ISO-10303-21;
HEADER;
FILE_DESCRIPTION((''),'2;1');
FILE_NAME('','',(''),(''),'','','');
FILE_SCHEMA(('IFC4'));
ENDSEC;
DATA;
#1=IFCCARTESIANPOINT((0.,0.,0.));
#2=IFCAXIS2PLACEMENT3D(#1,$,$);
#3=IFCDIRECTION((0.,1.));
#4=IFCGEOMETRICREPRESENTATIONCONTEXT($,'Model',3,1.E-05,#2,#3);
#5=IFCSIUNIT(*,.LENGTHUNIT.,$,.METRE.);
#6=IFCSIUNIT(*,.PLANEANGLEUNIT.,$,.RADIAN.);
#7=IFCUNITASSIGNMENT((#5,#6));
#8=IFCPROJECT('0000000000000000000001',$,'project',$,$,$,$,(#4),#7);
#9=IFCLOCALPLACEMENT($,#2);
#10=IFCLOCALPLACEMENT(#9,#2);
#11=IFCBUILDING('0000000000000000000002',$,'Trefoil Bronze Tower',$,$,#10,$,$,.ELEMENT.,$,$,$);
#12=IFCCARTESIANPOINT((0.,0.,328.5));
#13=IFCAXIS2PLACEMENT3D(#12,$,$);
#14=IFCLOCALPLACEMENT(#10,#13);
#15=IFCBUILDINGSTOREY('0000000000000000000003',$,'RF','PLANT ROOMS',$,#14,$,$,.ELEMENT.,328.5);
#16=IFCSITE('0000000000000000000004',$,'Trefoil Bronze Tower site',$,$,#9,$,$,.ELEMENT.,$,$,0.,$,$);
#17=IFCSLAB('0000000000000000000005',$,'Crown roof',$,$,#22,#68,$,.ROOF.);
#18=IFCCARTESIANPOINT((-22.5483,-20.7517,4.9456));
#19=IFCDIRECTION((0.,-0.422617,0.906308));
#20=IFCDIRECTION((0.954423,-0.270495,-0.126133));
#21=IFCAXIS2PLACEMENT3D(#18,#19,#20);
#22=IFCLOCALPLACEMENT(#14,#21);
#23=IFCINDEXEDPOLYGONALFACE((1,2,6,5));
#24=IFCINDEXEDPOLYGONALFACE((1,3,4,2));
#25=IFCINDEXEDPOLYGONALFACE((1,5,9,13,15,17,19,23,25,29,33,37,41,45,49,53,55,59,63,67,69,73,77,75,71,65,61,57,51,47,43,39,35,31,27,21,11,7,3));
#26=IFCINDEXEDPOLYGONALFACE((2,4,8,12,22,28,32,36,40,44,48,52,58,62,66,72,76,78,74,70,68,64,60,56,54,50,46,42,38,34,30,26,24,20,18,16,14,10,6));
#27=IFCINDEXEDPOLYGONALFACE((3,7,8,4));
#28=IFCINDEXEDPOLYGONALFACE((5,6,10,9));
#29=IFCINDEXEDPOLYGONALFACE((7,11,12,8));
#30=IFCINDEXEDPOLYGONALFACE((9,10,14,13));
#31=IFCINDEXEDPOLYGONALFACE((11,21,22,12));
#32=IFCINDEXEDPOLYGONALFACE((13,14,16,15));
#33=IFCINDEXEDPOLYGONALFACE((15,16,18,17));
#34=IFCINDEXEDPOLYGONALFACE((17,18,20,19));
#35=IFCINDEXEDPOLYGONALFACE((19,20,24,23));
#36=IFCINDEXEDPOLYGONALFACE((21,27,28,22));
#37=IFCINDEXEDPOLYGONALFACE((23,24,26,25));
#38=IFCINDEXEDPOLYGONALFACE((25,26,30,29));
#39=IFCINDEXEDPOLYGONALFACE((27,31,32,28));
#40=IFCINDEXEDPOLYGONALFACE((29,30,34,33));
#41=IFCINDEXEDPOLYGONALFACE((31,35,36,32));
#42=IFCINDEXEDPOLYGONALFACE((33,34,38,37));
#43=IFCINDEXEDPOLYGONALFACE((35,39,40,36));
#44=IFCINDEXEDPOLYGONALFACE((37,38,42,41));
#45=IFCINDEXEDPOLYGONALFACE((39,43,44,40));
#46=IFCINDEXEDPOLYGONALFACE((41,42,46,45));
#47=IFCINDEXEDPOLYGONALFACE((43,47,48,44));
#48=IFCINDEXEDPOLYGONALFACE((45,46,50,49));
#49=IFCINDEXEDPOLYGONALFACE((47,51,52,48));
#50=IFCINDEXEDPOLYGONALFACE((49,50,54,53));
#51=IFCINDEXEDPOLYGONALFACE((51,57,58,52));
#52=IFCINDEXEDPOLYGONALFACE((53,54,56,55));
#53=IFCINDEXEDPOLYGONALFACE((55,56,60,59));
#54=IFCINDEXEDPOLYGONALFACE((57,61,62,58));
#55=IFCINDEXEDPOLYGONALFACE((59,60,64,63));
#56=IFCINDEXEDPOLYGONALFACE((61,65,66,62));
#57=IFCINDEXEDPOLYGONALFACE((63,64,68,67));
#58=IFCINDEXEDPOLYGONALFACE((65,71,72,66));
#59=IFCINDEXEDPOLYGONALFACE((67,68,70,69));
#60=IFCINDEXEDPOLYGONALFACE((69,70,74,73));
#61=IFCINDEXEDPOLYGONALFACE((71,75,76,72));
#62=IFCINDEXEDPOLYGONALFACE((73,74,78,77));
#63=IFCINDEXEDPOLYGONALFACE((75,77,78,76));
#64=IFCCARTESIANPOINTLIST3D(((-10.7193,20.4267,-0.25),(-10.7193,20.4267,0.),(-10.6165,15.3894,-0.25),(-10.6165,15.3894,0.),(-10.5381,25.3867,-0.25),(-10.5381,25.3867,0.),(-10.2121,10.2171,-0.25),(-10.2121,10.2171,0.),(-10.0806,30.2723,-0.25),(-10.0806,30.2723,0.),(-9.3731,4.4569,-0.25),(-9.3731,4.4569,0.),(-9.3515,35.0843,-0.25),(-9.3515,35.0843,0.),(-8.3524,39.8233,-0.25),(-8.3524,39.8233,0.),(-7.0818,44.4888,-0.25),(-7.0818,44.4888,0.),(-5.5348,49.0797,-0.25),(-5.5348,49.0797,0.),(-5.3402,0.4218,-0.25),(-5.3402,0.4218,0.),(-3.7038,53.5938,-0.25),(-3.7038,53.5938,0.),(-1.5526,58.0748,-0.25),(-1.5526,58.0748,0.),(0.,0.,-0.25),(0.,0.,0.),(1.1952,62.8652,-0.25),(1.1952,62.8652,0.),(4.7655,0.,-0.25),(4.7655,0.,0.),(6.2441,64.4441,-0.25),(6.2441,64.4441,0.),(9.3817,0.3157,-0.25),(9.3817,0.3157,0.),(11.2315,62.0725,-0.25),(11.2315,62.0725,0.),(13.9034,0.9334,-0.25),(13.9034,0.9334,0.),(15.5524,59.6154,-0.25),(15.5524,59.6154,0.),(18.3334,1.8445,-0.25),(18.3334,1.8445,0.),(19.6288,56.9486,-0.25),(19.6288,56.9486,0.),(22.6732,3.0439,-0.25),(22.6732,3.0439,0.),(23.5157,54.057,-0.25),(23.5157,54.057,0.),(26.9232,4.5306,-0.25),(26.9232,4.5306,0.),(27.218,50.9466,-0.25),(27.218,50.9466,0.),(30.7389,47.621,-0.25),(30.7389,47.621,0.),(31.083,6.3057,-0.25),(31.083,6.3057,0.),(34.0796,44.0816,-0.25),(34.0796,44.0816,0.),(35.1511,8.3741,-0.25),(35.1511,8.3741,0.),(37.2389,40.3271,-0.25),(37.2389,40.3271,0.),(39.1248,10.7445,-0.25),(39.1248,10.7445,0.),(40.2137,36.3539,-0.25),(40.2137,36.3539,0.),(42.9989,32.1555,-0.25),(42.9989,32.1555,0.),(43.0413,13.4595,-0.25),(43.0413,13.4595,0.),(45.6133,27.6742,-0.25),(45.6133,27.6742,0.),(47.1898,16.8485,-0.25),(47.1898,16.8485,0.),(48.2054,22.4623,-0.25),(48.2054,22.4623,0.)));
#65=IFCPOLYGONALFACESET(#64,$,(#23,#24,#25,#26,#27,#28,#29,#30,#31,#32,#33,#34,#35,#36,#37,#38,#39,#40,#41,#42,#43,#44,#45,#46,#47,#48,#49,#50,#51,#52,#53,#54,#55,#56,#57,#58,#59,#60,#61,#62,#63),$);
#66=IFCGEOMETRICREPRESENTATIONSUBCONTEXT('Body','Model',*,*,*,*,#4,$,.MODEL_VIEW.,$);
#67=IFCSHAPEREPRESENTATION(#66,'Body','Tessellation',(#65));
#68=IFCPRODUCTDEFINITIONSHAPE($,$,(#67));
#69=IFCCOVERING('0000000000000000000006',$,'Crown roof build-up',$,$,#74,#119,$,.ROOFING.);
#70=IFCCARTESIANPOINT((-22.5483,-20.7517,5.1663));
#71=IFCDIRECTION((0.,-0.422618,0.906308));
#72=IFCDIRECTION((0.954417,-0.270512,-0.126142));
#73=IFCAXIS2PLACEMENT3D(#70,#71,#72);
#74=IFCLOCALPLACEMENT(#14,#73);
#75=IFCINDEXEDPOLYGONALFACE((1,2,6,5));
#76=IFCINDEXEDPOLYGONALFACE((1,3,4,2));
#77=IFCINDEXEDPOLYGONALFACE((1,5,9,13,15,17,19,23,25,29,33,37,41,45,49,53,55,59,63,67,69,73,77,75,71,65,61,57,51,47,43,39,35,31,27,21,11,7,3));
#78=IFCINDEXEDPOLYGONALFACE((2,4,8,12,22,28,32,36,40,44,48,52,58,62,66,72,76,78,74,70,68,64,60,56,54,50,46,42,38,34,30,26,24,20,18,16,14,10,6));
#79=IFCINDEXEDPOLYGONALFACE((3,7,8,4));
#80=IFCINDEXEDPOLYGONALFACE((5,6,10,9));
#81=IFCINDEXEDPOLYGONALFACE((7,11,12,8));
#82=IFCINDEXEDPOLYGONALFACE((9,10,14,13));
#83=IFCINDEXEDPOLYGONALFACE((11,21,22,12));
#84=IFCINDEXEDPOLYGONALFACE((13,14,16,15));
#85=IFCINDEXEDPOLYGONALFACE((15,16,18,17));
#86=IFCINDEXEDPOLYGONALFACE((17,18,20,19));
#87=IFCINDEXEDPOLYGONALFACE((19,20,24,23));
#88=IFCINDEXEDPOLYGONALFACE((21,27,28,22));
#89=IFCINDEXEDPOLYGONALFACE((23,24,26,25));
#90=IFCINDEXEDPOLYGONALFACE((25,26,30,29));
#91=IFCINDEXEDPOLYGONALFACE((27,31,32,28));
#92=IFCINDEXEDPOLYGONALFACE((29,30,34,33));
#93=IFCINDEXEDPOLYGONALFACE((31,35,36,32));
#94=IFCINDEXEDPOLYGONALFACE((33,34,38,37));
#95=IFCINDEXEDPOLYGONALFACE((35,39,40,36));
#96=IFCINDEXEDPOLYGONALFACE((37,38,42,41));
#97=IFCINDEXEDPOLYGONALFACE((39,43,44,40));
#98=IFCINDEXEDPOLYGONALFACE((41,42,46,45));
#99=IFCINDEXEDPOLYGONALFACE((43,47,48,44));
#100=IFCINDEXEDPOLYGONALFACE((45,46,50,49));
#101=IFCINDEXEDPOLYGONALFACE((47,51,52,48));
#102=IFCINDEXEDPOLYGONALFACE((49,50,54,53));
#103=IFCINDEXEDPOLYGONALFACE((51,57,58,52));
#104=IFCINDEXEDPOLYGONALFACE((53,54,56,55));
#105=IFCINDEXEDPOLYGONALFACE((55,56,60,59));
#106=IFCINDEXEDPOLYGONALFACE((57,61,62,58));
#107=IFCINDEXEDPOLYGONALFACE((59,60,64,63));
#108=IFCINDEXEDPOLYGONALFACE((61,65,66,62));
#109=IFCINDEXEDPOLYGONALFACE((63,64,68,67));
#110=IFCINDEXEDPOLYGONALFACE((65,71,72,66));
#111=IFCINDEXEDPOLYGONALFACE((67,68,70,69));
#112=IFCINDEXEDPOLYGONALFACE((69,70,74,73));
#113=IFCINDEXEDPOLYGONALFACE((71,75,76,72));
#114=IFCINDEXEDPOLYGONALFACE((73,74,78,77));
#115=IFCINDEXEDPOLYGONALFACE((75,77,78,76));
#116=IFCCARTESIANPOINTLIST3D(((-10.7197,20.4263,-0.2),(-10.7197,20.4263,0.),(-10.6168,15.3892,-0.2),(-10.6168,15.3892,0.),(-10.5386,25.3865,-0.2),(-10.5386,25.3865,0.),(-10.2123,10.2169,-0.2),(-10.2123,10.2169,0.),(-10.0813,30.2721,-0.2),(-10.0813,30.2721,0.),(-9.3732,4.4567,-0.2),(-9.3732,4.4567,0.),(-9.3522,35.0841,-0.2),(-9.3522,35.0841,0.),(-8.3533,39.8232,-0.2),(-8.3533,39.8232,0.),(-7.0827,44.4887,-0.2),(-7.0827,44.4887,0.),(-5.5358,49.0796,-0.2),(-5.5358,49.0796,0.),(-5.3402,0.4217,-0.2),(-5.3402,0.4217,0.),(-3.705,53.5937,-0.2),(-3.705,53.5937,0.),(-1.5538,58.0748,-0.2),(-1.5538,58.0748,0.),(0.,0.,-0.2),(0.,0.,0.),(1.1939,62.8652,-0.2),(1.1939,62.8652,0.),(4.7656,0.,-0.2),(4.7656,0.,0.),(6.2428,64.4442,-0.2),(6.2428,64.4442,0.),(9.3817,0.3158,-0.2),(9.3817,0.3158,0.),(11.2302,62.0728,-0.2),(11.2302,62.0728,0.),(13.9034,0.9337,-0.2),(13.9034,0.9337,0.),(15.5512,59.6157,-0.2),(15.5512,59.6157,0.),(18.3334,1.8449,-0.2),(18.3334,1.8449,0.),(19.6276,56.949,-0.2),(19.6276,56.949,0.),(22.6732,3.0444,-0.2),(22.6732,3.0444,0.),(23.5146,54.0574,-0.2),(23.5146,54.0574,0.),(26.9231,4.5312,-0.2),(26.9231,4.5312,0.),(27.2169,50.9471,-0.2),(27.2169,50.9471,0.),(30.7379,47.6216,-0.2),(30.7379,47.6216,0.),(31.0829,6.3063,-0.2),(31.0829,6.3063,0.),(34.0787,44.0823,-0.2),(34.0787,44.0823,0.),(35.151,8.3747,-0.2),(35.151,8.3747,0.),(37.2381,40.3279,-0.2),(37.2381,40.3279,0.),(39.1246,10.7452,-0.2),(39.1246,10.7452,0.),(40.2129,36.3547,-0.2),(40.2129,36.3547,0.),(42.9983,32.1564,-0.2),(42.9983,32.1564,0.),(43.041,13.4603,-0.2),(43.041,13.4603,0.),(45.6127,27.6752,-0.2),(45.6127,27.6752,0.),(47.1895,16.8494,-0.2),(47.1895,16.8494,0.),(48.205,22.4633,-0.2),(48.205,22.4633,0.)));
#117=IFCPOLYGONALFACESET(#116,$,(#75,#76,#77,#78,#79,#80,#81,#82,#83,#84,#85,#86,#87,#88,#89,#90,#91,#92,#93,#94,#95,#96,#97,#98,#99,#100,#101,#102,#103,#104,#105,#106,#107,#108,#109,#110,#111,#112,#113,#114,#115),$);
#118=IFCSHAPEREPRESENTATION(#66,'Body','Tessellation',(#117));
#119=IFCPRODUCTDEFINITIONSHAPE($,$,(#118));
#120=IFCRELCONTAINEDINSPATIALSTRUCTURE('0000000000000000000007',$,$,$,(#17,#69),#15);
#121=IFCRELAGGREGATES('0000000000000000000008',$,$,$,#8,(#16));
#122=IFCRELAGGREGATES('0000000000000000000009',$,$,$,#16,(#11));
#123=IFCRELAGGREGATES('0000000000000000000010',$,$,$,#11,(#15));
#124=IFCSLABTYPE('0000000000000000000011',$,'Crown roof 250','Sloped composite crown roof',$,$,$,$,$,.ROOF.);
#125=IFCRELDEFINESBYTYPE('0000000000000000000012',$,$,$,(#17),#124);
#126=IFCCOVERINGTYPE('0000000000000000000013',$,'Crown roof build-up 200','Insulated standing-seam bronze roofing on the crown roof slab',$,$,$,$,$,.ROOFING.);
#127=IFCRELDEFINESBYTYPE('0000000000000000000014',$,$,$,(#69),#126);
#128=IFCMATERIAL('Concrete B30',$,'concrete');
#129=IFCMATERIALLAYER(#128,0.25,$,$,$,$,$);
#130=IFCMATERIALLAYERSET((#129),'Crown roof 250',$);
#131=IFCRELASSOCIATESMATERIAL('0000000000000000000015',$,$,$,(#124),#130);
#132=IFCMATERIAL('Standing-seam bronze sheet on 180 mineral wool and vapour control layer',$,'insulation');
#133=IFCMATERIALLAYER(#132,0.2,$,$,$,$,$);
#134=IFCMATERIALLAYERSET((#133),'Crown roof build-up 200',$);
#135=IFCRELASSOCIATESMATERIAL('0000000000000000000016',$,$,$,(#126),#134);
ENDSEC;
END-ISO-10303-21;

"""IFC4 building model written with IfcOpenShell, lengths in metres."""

from ifc_helpers import new_model, si_unit, direction, frame, origin, place, context, subcontext, project, spatial, polyline, outline, extrude, material, layer, layer_set, type_object, element, save


model = new_model("IFC4")

# Units and contexts
model_context = context("Model", 3, precision=1e-05, world=origin(), true_north=direction((0.0, 1.0)))
body_context = subcontext(model_context, "Body", "Model", "MODEL_VIEW")
ifc_project = project(units=[si_unit("LENGTHUNIT", "METRE"), si_unit("PLANEANGLEUNIT", "RADIAN")], contexts=[model_context])

# Site, building, storey
site_placement = place(None, origin())
site = spatial("IfcSite", under=ifc_project, at=site_placement, Name="Trefoil Bronze Tower site", CompositionType="ELEMENT", RefElevation=0.0)
building_placement = place(site_placement, origin())
building = spatial("IfcBuilding", under=site, at=building_placement, Name="Trefoil Bronze Tower", CompositionType="ELEMENT")
storey_placement = place(building_placement, frame((0.0, 0.0, 328.5)))
storey = spatial("IfcBuildingStorey", under=building, at=storey_placement, Name="RF", Description="PLANT ROOMS", CompositionType="ELEMENT", Elevation=328.5)

# Slab
ifc_material_1 = material(Name="Concrete B30", Category="concrete")
ifc_layer_1 = layer(ifc_material_1, 0.25)
ifc_layer_set_1 = layer_set([ifc_layer_1], Name="Crown roof 250")
slab_type = type_object("IfcSlabType", Name="Crown roof 250", Description="Sloped composite crown roof", PredefinedType="ROOF", material=ifc_layer_set_1)
slab_placement = place(storey_placement, frame((-22.5483, -20.7517, 4.9456), z_axis=(0.0, -0.422617, 0.906308), x_axis=(0.954423, -0.270495, -0.126133)))
element("IfcSlab", 1, at=slab_placement, inside=storey, type_object=slab_type, Name="Crown roof", PredefinedType="ROOF", context=body_context, shape_type="SweptSolid", body=[
    extrude(outline(polyline([(0.0, 0.0), (4.7655, 0.0), (9.3817, 0.3157), (13.9034, 0.9334), (18.3334, 1.8445), (22.6732, 3.0439), (26.9232, 4.5306), (31.083, 6.3057), (35.1511, 8.3741), (39.1248, 10.7445), (43.0413, 13.4595), (47.1898, 16.8485), (48.2054, 22.4623), (45.6133, 27.6742), (42.9989, 32.1555), (40.2137, 36.3539), (37.2389, 40.3271), (34.0796, 44.0816), (30.7389, 47.621), (27.218, 50.9466), (23.5157, 54.057), (19.6288, 56.9486), (15.5524, 59.6154), (11.2315, 62.0725), (6.2441, 64.4441), (1.1952, 62.8652), (-1.5526, 58.0748), (-3.7038, 53.5938), (-5.5348, 49.0797), (-7.0818, 44.4888), (-8.3524, 39.8233), (-9.3515, 35.0843), (-10.0806, 30.2723), (-10.5381, 25.3867), (-10.7193, 20.4267), (-10.6165, 15.3894), (-10.2121, 10.2171), (-9.3731, 4.4569), (-5.3402, 0.4218), (0.0, 0.0)])), origin(), (0.0, 0.0, -1.0), 0.25),
])

# Covering
ifc_material_2 = material(Name="Standing-seam bronze sheet on 180 mineral wool and vapour control layer", Category="insulation")
ifc_layer_2 = layer(ifc_material_2, 0.2)
ifc_layer_set_2 = layer_set([ifc_layer_2], Name="Crown roof build-up 200")
covering_type_1 = type_object("IfcCoveringType", Name="Crown roof build-up 200", Description="Insulated standing-seam bronze roofing on the crown roof slab", PredefinedType="ROOFING", material=ifc_layer_set_2)
covering_1_placement = place(storey_placement, frame((-22.5483, -20.7517, 5.1663), z_axis=(0.0, -0.422618, 0.906308), x_axis=(0.954417, -0.270512, -0.126142)))
element("IfcCovering", 2, at=covering_1_placement, inside=storey, type_object=covering_type_1, Name="Crown roof build-up", PredefinedType="ROOFING", context=body_context, shape_type="SweptSolid", body=[
    extrude(outline(polyline([(0.0, 0.0), (4.7656, 0.0), (9.3817, 0.3158), (13.9034, 0.9337), (18.3334, 1.8449), (22.6732, 3.0444), (26.9231, 4.5312), (31.0829, 6.3063), (35.151, 8.3747), (39.1246, 10.7452), (43.041, 13.4603), (47.1895, 16.8494), (48.205, 22.4633), (45.6127, 27.6752), (42.9983, 32.1564), (40.2129, 36.3547), (37.2381, 40.3279), (34.0787, 44.0823), (30.7379, 47.6216), (27.2169, 50.9471), (23.5146, 54.0574), (19.6276, 56.949), (15.5512, 59.6157), (11.2302, 62.0728), (6.2428, 64.4442), (1.1939, 62.8652), (-1.5538, 58.0748), (-3.705, 53.5937), (-5.5358, 49.0796), (-7.0827, 44.4887), (-8.3533, 39.8232), (-9.3522, 35.0841), (-10.0813, 30.2721), (-10.5386, 25.3865), (-10.7197, 20.4263), (-10.6168, 15.3892), (-10.2123, 10.2169), (-9.3732, 4.4567), (-5.3402, 0.4217), (0.0, 0.0)])), origin(), (0.0, 0.0, -1.0), 0.2),
])

save(model, "model.ifc")
